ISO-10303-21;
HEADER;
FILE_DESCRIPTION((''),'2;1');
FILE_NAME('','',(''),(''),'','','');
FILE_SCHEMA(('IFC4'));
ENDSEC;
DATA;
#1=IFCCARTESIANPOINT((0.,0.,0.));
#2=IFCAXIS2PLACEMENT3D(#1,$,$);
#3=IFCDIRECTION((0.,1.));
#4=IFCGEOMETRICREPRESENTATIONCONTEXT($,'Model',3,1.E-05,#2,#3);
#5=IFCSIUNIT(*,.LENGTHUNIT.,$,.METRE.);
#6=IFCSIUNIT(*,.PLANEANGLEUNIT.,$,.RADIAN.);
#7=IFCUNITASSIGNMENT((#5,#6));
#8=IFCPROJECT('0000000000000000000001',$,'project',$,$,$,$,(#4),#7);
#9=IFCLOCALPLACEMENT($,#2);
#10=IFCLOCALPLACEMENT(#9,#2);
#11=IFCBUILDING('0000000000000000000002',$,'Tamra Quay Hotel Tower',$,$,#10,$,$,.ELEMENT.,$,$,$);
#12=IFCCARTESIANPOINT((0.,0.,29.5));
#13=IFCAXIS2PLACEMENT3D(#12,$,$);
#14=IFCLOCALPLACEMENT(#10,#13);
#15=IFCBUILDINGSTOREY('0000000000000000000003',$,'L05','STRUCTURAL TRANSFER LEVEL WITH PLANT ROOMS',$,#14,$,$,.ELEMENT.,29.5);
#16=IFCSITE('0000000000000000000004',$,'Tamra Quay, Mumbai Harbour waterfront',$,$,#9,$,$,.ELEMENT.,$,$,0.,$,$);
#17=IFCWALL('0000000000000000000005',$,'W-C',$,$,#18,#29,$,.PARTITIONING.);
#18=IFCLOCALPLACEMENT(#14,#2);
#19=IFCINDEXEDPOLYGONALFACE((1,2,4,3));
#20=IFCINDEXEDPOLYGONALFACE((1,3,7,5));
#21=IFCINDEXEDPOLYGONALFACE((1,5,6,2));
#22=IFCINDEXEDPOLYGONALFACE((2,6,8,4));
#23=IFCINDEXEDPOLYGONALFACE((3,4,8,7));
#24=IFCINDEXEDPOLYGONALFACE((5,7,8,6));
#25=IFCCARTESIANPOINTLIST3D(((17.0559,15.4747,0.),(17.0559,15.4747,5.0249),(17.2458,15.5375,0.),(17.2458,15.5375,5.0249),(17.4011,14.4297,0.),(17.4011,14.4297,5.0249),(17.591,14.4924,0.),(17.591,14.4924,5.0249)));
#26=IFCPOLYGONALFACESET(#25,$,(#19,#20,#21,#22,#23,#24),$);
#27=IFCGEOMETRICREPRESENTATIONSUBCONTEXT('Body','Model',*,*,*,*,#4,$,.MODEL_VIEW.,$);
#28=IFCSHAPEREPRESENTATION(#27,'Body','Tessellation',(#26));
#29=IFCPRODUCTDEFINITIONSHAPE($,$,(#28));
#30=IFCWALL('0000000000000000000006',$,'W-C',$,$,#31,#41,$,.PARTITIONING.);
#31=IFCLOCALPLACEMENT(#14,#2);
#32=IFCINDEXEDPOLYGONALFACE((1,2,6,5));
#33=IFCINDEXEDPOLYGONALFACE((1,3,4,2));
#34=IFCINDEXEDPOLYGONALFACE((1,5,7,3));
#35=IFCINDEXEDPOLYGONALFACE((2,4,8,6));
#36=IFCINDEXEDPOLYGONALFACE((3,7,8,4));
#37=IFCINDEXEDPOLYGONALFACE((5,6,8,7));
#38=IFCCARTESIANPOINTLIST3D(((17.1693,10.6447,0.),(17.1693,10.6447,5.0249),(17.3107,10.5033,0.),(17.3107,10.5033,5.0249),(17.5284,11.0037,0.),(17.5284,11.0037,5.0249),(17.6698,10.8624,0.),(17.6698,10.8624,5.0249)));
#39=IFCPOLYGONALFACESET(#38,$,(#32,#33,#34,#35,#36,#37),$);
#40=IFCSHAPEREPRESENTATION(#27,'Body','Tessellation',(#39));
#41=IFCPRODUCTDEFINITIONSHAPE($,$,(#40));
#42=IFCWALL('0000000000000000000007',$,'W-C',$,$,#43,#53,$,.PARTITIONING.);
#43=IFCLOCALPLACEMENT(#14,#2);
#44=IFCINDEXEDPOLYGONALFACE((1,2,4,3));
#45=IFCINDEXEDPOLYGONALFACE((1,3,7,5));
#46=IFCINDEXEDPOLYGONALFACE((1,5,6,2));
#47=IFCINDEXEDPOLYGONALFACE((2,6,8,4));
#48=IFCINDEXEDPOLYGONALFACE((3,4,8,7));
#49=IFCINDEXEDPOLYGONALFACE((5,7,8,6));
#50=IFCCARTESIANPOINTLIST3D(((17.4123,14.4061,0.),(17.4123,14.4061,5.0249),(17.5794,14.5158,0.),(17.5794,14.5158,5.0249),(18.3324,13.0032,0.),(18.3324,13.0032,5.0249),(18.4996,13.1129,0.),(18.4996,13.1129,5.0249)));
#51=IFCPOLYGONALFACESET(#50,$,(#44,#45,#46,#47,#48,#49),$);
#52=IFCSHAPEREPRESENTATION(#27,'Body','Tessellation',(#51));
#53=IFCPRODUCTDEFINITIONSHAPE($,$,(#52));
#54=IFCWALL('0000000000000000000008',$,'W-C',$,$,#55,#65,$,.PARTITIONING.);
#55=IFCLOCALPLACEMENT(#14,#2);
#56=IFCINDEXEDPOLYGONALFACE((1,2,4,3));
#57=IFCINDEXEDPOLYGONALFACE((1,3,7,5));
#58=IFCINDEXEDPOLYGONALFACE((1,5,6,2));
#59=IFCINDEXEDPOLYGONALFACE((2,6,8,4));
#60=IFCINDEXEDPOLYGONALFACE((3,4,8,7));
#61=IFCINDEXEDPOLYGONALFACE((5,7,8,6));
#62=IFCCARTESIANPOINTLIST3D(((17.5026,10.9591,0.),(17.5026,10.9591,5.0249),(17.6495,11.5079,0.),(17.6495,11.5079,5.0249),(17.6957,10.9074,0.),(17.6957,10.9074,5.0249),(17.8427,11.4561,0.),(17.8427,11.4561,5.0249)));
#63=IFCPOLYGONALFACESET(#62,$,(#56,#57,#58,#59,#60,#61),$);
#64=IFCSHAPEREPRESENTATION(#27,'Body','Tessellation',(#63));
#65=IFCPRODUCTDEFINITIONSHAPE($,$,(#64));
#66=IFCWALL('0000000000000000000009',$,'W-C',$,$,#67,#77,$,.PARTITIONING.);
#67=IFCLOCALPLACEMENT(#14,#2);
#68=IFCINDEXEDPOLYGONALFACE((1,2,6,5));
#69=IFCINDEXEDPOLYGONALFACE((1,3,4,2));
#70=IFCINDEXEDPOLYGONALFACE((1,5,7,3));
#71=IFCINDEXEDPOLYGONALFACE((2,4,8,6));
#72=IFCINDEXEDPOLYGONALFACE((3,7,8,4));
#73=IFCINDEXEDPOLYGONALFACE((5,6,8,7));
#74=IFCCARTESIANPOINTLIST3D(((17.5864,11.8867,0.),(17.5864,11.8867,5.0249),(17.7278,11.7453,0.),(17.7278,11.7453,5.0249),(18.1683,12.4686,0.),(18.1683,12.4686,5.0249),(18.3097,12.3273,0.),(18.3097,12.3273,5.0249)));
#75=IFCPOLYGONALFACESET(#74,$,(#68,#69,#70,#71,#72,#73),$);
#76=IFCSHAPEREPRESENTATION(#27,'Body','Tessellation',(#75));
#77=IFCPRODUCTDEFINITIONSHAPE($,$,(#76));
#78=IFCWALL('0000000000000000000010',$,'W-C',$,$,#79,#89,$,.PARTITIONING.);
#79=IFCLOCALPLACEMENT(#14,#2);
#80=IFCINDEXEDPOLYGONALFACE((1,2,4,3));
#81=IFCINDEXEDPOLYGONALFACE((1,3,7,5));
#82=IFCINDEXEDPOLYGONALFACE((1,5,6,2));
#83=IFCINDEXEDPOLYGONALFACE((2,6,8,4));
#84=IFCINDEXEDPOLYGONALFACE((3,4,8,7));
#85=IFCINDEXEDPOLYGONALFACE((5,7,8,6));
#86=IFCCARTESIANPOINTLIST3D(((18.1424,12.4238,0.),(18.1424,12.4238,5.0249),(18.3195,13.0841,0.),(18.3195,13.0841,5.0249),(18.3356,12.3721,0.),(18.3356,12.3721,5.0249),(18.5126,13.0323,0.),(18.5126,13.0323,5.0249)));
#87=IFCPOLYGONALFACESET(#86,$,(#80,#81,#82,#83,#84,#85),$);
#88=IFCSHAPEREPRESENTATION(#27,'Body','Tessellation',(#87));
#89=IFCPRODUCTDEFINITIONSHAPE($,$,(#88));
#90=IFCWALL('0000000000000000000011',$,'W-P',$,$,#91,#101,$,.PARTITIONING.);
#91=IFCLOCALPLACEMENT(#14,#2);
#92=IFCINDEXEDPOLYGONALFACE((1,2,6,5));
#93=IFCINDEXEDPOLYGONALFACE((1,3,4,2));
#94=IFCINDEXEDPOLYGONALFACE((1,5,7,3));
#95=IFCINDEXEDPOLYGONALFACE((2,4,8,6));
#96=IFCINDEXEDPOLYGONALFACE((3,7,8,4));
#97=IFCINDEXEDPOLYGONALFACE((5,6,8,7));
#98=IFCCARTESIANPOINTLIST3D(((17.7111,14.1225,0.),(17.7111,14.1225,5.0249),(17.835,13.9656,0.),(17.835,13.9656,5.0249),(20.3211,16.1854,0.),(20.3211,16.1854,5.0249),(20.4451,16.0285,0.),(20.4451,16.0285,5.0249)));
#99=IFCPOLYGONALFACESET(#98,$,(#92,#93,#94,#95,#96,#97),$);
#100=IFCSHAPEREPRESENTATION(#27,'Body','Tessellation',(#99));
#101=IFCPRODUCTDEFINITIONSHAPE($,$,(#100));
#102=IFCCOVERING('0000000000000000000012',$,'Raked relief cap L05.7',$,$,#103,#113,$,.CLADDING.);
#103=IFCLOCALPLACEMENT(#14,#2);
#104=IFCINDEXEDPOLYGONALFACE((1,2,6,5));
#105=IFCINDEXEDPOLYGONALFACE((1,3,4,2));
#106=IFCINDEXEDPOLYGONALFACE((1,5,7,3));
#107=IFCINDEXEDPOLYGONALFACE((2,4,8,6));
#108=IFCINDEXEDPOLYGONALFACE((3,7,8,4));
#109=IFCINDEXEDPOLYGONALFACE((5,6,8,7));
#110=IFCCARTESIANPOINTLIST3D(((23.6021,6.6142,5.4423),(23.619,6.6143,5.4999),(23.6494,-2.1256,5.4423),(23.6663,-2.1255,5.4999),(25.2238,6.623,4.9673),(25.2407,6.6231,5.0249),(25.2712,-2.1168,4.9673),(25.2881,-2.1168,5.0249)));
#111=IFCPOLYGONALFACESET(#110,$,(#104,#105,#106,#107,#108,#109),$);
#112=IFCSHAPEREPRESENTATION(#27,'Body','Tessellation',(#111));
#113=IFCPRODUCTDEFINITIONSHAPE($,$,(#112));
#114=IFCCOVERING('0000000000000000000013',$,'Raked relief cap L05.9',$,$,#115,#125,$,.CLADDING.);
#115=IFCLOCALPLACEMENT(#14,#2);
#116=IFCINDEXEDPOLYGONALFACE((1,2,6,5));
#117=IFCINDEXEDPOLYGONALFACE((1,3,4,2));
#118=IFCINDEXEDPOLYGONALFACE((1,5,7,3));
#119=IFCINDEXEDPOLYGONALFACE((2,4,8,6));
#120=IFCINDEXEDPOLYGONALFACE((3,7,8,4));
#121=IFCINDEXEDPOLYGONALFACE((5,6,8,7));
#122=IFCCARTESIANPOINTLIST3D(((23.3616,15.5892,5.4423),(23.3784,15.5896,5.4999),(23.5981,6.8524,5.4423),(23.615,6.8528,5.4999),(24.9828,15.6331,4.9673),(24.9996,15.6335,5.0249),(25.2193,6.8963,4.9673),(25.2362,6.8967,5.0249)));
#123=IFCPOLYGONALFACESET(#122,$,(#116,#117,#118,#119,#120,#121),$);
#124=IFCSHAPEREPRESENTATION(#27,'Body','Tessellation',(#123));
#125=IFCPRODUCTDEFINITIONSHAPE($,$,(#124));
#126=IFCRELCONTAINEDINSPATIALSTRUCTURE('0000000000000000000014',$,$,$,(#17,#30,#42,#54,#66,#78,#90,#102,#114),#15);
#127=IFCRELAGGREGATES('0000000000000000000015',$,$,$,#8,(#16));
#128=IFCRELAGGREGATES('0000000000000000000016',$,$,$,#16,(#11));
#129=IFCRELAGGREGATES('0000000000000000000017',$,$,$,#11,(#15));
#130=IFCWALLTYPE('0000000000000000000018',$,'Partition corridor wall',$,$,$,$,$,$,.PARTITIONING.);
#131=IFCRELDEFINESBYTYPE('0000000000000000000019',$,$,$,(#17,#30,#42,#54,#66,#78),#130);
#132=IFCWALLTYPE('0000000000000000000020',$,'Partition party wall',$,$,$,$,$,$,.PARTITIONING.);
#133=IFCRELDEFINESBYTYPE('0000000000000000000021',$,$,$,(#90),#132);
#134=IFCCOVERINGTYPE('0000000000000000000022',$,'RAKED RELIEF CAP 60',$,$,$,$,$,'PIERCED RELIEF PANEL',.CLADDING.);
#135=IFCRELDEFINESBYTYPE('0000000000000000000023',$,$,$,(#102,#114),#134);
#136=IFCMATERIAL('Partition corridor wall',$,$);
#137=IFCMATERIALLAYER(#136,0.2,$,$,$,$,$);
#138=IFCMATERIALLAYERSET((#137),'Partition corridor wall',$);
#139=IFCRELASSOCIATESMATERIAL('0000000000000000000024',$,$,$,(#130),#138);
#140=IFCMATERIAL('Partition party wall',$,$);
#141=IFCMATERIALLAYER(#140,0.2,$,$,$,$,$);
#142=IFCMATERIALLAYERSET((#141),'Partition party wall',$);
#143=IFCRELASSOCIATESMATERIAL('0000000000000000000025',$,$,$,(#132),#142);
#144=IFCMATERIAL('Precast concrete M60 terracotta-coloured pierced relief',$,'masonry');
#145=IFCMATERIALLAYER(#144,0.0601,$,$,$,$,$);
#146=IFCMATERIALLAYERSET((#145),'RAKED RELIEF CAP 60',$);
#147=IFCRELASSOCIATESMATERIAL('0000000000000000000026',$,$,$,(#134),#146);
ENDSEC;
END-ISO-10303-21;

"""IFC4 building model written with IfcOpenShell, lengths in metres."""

from ifc_helpers import new_model, si_unit, direction, frame, frame_2d, origin, place, context, subcontext, project, spatial, rectangle, extrude, source, transform, mapped, material, layer, layer_set, type_object, element, save


model = new_model("IFC4")

# Units and contexts
model_context = context("Model", 3, precision=1e-05, world=origin(), true_north=direction((0.0, 1.0)))
body_context = subcontext(model_context, "Body", "Model", "MODEL_VIEW")
ifc_project = project(units=[si_unit("LENGTHUNIT", "METRE"), si_unit("PLANEANGLEUNIT", "RADIAN")], contexts=[model_context])

# Site, building, storey
site_placement = place(None, origin())
site = spatial("IfcSite", under=ifc_project, at=site_placement, Name="Tamra Quay, Mumbai Harbour waterfront", CompositionType="ELEMENT", RefElevation=0.0)
building_placement = place(site_placement, origin())
building = spatial("IfcBuilding", under=site, at=building_placement, Name="Tamra Quay Hotel Tower", CompositionType="ELEMENT")
storey_placement = place(building_placement, frame((0.0, 0.0, 29.5)))
storey = spatial("IfcBuildingStorey", under=building, at=storey_placement, Name="L05", Description="STRUCTURAL TRANSFER LEVEL WITH PLANT ROOMS", CompositionType="ELEMENT", Elevation=29.5)

# Walls
ifc_material_1 = material(Name="Partition corridor wall")
ifc_layer_1 = layer(ifc_material_1, 0.2)
ifc_layer_set_1 = layer_set([ifc_layer_1], Name="Partition corridor wall")
wall_type_1 = type_object("IfcWallType", Name="Partition corridor wall", PredefinedType="PARTITIONING", material=ifc_layer_set_1)
wall_1_placement = place(storey_placement, frame((17.1509, 15.5061, 0.0), z_axis=(0.0, 0.0, 1.0), x_axis=(0.313631, -0.949545, 0.0)))
element("IfcWall", 1, at=wall_1_placement, inside=storey, type_object=wall_type_1, Name="W-C", PredefinedType="PARTITIONING", context=body_context, shape_type="SweptSolid", body=[
    extrude(rectangle(XDim=1.1006, YDim=0.2, at=frame_2d((0.5503, 0.0))), origin(), (0.0, 0.0, 1.0), 5.0249),
])
wall_2_placement = place(storey_placement, frame((17.24, 10.574, 0.0), z_axis=(0.0, 0.0, 1.0), x_axis=(0.707107, 0.707107, 0.0)))
element("IfcWall", 2, at=wall_2_placement, inside=storey, type_object=wall_type_1, Name="W-C", PredefinedType="PARTITIONING", context=body_context, shape_type="SweptSolid", body=[
    extrude(rectangle(XDim=0.5078, YDim=0.2, at=frame_2d((0.2539, 0.0))), origin(), (0.0, 0.0, 1.0), 5.0249),
])
wall_3_placement = place(storey_placement, frame((17.4958, 14.4609, 0.0), z_axis=(0.0, 0.0, 1.0), x_axis=(0.548472, -0.836169, 0.0)))
element("IfcWall", 3, at=wall_3_placement, inside=storey, type_object=wall_type_1, Name="W-C", PredefinedType="PARTITIONING", context=body_context, shape_type="SweptSolid", body=[
    extrude(rectangle(XDim=1.6777, YDim=0.2, at=frame_2d((0.8389, 0.0))), origin(), (0.0, 0.0, 1.0), 5.0249),
])
wall_4_placement = place(storey_placement, frame((17.5991, 10.9331, 0.0), z_axis=(0.0, 0.0, 1.0), x_axis=(0.258679, 0.965963, 0.0)))
element("IfcWall", 4, at=wall_4_placement, inside=storey, type_object=wall_type_1, Name="W-C", PredefinedType="PARTITIONING", context=body_context, shape_type="SweptSolid", body=[
    extrude(rectangle(XDim=0.5681, YDim=0.2, at=frame_2d((0.2842, 0.0))), origin(), (0.0, 0.0, 1.0), 5.0249),
])
wall_5_placement = place(storey_placement, frame((17.657, 11.8159, 0.0), z_axis=(0.0, 0.0, 1.0), x_axis=(0.707107, 0.707107, 0.0)))
element("IfcWall", 5, at=wall_5_placement, inside=storey, type_object=wall_type_1, Name="W-C", PredefinedType="PARTITIONING", context=body_context, shape_type="SweptSolid", body=[
    extrude(rectangle(XDim=0.823, YDim=0.2, at=frame_2d((0.4116, 0.0))), origin(), (0.0, 0.0, 1.0), 5.0249),
])
wall_6_placement = place(storey_placement, frame((18.239, 12.3979, 0.0), z_axis=(0.0, 0.0, 1.0), x_axis=(0.258974, 0.965884, 0.0)))
element("IfcWall", 6, at=wall_6_placement, inside=storey, type_object=wall_type_1, Name="W-C", PredefinedType="PARTITIONING", context=body_context, shape_type="SweptSolid", body=[
    extrude(rectangle(XDim=0.6836, YDim=0.2, at=frame_2d((0.3418, 0.0))), origin(), (0.0, 0.0, 1.0), 5.0249),
])
ifc_material_2 = material(Name="Partition party wall")
ifc_layer_2 = layer(ifc_material_2, 0.2)
ifc_layer_set_2 = layer_set([ifc_layer_2], Name="Partition party wall")
wall_type_2 = type_object("IfcWallType", Name="Partition party wall", PredefinedType="PARTITIONING", material=ifc_layer_set_2)
wall_7_placement = place(storey_placement, frame((17.7729, 14.0439, 0.0), z_axis=(0.0, 0.0, 1.0), x_axis=(0.784535, 0.620084, 0.0)))
element("IfcWall", 7, at=wall_7_placement, inside=storey, type_object=wall_type_2, Name="W-P", PredefinedType="PARTITIONING", context=body_context, shape_type="SweptSolid", body=[
    extrude(rectangle(XDim=3.3269, YDim=0.2, at=frame_2d((1.6636, 0.0))), origin(), (0.0, 0.0, 1.0), 5.0249),
])

# Coverings
ifc_material_3 = material(Name="Precast concrete M60 terracotta-coloured pierced relief", Category="masonry")
ifc_layer_3 = layer(ifc_material_3, 0.0601)
ifc_layer_set_3 = layer_set([ifc_layer_3], Name="RAKED RELIEF CAP 60")
covering_type_1 = type_object("IfcCoveringType", Name="RAKED RELIEF CAP 60", ElementType="PIERCED RELIEF PANEL", PredefinedType="CLADDING", material=ifc_layer_set_3)
shared_shape_1 = source(origin(), body_context, "Body", "SweptSolid", [
    extrude(rectangle(XDim=8.74, YDim=1.6899, at=frame_2d((4.3701, 0.845))), frame((-4.3701, 0.0, -0.0601)), (0.0, 0.0, 1.0), 0.0601),
])
for number, where, z_axis, x_axis, name in (
    (8, (25.2644, 2.2532, 5.0249), (0.281098, 0.001523, 0.959678), (-0.005418, 0.999985, 0.0), "Raked relief cap L05.7"),
    (9, (25.1179, 11.2651, 5.0249), (0.280999, 0.007608, 0.959678), (-0.027065, 0.999634, 0.0), "Raked relief cap L05.9"),
):
    element("IfcCovering", number, at=place(storey_placement, frame(where, z_axis=z_axis, x_axis=x_axis)), inside=storey, type_object=covering_type_1, Name=name, PredefinedType="CLADDING", context=body_context, shape_type="MappedRepresentation", body=[
        mapped(shared_shape_1, transform((0.0, 0.0, 0.0), scale=1.0)),
    ])

save(model, "model.ifc")
